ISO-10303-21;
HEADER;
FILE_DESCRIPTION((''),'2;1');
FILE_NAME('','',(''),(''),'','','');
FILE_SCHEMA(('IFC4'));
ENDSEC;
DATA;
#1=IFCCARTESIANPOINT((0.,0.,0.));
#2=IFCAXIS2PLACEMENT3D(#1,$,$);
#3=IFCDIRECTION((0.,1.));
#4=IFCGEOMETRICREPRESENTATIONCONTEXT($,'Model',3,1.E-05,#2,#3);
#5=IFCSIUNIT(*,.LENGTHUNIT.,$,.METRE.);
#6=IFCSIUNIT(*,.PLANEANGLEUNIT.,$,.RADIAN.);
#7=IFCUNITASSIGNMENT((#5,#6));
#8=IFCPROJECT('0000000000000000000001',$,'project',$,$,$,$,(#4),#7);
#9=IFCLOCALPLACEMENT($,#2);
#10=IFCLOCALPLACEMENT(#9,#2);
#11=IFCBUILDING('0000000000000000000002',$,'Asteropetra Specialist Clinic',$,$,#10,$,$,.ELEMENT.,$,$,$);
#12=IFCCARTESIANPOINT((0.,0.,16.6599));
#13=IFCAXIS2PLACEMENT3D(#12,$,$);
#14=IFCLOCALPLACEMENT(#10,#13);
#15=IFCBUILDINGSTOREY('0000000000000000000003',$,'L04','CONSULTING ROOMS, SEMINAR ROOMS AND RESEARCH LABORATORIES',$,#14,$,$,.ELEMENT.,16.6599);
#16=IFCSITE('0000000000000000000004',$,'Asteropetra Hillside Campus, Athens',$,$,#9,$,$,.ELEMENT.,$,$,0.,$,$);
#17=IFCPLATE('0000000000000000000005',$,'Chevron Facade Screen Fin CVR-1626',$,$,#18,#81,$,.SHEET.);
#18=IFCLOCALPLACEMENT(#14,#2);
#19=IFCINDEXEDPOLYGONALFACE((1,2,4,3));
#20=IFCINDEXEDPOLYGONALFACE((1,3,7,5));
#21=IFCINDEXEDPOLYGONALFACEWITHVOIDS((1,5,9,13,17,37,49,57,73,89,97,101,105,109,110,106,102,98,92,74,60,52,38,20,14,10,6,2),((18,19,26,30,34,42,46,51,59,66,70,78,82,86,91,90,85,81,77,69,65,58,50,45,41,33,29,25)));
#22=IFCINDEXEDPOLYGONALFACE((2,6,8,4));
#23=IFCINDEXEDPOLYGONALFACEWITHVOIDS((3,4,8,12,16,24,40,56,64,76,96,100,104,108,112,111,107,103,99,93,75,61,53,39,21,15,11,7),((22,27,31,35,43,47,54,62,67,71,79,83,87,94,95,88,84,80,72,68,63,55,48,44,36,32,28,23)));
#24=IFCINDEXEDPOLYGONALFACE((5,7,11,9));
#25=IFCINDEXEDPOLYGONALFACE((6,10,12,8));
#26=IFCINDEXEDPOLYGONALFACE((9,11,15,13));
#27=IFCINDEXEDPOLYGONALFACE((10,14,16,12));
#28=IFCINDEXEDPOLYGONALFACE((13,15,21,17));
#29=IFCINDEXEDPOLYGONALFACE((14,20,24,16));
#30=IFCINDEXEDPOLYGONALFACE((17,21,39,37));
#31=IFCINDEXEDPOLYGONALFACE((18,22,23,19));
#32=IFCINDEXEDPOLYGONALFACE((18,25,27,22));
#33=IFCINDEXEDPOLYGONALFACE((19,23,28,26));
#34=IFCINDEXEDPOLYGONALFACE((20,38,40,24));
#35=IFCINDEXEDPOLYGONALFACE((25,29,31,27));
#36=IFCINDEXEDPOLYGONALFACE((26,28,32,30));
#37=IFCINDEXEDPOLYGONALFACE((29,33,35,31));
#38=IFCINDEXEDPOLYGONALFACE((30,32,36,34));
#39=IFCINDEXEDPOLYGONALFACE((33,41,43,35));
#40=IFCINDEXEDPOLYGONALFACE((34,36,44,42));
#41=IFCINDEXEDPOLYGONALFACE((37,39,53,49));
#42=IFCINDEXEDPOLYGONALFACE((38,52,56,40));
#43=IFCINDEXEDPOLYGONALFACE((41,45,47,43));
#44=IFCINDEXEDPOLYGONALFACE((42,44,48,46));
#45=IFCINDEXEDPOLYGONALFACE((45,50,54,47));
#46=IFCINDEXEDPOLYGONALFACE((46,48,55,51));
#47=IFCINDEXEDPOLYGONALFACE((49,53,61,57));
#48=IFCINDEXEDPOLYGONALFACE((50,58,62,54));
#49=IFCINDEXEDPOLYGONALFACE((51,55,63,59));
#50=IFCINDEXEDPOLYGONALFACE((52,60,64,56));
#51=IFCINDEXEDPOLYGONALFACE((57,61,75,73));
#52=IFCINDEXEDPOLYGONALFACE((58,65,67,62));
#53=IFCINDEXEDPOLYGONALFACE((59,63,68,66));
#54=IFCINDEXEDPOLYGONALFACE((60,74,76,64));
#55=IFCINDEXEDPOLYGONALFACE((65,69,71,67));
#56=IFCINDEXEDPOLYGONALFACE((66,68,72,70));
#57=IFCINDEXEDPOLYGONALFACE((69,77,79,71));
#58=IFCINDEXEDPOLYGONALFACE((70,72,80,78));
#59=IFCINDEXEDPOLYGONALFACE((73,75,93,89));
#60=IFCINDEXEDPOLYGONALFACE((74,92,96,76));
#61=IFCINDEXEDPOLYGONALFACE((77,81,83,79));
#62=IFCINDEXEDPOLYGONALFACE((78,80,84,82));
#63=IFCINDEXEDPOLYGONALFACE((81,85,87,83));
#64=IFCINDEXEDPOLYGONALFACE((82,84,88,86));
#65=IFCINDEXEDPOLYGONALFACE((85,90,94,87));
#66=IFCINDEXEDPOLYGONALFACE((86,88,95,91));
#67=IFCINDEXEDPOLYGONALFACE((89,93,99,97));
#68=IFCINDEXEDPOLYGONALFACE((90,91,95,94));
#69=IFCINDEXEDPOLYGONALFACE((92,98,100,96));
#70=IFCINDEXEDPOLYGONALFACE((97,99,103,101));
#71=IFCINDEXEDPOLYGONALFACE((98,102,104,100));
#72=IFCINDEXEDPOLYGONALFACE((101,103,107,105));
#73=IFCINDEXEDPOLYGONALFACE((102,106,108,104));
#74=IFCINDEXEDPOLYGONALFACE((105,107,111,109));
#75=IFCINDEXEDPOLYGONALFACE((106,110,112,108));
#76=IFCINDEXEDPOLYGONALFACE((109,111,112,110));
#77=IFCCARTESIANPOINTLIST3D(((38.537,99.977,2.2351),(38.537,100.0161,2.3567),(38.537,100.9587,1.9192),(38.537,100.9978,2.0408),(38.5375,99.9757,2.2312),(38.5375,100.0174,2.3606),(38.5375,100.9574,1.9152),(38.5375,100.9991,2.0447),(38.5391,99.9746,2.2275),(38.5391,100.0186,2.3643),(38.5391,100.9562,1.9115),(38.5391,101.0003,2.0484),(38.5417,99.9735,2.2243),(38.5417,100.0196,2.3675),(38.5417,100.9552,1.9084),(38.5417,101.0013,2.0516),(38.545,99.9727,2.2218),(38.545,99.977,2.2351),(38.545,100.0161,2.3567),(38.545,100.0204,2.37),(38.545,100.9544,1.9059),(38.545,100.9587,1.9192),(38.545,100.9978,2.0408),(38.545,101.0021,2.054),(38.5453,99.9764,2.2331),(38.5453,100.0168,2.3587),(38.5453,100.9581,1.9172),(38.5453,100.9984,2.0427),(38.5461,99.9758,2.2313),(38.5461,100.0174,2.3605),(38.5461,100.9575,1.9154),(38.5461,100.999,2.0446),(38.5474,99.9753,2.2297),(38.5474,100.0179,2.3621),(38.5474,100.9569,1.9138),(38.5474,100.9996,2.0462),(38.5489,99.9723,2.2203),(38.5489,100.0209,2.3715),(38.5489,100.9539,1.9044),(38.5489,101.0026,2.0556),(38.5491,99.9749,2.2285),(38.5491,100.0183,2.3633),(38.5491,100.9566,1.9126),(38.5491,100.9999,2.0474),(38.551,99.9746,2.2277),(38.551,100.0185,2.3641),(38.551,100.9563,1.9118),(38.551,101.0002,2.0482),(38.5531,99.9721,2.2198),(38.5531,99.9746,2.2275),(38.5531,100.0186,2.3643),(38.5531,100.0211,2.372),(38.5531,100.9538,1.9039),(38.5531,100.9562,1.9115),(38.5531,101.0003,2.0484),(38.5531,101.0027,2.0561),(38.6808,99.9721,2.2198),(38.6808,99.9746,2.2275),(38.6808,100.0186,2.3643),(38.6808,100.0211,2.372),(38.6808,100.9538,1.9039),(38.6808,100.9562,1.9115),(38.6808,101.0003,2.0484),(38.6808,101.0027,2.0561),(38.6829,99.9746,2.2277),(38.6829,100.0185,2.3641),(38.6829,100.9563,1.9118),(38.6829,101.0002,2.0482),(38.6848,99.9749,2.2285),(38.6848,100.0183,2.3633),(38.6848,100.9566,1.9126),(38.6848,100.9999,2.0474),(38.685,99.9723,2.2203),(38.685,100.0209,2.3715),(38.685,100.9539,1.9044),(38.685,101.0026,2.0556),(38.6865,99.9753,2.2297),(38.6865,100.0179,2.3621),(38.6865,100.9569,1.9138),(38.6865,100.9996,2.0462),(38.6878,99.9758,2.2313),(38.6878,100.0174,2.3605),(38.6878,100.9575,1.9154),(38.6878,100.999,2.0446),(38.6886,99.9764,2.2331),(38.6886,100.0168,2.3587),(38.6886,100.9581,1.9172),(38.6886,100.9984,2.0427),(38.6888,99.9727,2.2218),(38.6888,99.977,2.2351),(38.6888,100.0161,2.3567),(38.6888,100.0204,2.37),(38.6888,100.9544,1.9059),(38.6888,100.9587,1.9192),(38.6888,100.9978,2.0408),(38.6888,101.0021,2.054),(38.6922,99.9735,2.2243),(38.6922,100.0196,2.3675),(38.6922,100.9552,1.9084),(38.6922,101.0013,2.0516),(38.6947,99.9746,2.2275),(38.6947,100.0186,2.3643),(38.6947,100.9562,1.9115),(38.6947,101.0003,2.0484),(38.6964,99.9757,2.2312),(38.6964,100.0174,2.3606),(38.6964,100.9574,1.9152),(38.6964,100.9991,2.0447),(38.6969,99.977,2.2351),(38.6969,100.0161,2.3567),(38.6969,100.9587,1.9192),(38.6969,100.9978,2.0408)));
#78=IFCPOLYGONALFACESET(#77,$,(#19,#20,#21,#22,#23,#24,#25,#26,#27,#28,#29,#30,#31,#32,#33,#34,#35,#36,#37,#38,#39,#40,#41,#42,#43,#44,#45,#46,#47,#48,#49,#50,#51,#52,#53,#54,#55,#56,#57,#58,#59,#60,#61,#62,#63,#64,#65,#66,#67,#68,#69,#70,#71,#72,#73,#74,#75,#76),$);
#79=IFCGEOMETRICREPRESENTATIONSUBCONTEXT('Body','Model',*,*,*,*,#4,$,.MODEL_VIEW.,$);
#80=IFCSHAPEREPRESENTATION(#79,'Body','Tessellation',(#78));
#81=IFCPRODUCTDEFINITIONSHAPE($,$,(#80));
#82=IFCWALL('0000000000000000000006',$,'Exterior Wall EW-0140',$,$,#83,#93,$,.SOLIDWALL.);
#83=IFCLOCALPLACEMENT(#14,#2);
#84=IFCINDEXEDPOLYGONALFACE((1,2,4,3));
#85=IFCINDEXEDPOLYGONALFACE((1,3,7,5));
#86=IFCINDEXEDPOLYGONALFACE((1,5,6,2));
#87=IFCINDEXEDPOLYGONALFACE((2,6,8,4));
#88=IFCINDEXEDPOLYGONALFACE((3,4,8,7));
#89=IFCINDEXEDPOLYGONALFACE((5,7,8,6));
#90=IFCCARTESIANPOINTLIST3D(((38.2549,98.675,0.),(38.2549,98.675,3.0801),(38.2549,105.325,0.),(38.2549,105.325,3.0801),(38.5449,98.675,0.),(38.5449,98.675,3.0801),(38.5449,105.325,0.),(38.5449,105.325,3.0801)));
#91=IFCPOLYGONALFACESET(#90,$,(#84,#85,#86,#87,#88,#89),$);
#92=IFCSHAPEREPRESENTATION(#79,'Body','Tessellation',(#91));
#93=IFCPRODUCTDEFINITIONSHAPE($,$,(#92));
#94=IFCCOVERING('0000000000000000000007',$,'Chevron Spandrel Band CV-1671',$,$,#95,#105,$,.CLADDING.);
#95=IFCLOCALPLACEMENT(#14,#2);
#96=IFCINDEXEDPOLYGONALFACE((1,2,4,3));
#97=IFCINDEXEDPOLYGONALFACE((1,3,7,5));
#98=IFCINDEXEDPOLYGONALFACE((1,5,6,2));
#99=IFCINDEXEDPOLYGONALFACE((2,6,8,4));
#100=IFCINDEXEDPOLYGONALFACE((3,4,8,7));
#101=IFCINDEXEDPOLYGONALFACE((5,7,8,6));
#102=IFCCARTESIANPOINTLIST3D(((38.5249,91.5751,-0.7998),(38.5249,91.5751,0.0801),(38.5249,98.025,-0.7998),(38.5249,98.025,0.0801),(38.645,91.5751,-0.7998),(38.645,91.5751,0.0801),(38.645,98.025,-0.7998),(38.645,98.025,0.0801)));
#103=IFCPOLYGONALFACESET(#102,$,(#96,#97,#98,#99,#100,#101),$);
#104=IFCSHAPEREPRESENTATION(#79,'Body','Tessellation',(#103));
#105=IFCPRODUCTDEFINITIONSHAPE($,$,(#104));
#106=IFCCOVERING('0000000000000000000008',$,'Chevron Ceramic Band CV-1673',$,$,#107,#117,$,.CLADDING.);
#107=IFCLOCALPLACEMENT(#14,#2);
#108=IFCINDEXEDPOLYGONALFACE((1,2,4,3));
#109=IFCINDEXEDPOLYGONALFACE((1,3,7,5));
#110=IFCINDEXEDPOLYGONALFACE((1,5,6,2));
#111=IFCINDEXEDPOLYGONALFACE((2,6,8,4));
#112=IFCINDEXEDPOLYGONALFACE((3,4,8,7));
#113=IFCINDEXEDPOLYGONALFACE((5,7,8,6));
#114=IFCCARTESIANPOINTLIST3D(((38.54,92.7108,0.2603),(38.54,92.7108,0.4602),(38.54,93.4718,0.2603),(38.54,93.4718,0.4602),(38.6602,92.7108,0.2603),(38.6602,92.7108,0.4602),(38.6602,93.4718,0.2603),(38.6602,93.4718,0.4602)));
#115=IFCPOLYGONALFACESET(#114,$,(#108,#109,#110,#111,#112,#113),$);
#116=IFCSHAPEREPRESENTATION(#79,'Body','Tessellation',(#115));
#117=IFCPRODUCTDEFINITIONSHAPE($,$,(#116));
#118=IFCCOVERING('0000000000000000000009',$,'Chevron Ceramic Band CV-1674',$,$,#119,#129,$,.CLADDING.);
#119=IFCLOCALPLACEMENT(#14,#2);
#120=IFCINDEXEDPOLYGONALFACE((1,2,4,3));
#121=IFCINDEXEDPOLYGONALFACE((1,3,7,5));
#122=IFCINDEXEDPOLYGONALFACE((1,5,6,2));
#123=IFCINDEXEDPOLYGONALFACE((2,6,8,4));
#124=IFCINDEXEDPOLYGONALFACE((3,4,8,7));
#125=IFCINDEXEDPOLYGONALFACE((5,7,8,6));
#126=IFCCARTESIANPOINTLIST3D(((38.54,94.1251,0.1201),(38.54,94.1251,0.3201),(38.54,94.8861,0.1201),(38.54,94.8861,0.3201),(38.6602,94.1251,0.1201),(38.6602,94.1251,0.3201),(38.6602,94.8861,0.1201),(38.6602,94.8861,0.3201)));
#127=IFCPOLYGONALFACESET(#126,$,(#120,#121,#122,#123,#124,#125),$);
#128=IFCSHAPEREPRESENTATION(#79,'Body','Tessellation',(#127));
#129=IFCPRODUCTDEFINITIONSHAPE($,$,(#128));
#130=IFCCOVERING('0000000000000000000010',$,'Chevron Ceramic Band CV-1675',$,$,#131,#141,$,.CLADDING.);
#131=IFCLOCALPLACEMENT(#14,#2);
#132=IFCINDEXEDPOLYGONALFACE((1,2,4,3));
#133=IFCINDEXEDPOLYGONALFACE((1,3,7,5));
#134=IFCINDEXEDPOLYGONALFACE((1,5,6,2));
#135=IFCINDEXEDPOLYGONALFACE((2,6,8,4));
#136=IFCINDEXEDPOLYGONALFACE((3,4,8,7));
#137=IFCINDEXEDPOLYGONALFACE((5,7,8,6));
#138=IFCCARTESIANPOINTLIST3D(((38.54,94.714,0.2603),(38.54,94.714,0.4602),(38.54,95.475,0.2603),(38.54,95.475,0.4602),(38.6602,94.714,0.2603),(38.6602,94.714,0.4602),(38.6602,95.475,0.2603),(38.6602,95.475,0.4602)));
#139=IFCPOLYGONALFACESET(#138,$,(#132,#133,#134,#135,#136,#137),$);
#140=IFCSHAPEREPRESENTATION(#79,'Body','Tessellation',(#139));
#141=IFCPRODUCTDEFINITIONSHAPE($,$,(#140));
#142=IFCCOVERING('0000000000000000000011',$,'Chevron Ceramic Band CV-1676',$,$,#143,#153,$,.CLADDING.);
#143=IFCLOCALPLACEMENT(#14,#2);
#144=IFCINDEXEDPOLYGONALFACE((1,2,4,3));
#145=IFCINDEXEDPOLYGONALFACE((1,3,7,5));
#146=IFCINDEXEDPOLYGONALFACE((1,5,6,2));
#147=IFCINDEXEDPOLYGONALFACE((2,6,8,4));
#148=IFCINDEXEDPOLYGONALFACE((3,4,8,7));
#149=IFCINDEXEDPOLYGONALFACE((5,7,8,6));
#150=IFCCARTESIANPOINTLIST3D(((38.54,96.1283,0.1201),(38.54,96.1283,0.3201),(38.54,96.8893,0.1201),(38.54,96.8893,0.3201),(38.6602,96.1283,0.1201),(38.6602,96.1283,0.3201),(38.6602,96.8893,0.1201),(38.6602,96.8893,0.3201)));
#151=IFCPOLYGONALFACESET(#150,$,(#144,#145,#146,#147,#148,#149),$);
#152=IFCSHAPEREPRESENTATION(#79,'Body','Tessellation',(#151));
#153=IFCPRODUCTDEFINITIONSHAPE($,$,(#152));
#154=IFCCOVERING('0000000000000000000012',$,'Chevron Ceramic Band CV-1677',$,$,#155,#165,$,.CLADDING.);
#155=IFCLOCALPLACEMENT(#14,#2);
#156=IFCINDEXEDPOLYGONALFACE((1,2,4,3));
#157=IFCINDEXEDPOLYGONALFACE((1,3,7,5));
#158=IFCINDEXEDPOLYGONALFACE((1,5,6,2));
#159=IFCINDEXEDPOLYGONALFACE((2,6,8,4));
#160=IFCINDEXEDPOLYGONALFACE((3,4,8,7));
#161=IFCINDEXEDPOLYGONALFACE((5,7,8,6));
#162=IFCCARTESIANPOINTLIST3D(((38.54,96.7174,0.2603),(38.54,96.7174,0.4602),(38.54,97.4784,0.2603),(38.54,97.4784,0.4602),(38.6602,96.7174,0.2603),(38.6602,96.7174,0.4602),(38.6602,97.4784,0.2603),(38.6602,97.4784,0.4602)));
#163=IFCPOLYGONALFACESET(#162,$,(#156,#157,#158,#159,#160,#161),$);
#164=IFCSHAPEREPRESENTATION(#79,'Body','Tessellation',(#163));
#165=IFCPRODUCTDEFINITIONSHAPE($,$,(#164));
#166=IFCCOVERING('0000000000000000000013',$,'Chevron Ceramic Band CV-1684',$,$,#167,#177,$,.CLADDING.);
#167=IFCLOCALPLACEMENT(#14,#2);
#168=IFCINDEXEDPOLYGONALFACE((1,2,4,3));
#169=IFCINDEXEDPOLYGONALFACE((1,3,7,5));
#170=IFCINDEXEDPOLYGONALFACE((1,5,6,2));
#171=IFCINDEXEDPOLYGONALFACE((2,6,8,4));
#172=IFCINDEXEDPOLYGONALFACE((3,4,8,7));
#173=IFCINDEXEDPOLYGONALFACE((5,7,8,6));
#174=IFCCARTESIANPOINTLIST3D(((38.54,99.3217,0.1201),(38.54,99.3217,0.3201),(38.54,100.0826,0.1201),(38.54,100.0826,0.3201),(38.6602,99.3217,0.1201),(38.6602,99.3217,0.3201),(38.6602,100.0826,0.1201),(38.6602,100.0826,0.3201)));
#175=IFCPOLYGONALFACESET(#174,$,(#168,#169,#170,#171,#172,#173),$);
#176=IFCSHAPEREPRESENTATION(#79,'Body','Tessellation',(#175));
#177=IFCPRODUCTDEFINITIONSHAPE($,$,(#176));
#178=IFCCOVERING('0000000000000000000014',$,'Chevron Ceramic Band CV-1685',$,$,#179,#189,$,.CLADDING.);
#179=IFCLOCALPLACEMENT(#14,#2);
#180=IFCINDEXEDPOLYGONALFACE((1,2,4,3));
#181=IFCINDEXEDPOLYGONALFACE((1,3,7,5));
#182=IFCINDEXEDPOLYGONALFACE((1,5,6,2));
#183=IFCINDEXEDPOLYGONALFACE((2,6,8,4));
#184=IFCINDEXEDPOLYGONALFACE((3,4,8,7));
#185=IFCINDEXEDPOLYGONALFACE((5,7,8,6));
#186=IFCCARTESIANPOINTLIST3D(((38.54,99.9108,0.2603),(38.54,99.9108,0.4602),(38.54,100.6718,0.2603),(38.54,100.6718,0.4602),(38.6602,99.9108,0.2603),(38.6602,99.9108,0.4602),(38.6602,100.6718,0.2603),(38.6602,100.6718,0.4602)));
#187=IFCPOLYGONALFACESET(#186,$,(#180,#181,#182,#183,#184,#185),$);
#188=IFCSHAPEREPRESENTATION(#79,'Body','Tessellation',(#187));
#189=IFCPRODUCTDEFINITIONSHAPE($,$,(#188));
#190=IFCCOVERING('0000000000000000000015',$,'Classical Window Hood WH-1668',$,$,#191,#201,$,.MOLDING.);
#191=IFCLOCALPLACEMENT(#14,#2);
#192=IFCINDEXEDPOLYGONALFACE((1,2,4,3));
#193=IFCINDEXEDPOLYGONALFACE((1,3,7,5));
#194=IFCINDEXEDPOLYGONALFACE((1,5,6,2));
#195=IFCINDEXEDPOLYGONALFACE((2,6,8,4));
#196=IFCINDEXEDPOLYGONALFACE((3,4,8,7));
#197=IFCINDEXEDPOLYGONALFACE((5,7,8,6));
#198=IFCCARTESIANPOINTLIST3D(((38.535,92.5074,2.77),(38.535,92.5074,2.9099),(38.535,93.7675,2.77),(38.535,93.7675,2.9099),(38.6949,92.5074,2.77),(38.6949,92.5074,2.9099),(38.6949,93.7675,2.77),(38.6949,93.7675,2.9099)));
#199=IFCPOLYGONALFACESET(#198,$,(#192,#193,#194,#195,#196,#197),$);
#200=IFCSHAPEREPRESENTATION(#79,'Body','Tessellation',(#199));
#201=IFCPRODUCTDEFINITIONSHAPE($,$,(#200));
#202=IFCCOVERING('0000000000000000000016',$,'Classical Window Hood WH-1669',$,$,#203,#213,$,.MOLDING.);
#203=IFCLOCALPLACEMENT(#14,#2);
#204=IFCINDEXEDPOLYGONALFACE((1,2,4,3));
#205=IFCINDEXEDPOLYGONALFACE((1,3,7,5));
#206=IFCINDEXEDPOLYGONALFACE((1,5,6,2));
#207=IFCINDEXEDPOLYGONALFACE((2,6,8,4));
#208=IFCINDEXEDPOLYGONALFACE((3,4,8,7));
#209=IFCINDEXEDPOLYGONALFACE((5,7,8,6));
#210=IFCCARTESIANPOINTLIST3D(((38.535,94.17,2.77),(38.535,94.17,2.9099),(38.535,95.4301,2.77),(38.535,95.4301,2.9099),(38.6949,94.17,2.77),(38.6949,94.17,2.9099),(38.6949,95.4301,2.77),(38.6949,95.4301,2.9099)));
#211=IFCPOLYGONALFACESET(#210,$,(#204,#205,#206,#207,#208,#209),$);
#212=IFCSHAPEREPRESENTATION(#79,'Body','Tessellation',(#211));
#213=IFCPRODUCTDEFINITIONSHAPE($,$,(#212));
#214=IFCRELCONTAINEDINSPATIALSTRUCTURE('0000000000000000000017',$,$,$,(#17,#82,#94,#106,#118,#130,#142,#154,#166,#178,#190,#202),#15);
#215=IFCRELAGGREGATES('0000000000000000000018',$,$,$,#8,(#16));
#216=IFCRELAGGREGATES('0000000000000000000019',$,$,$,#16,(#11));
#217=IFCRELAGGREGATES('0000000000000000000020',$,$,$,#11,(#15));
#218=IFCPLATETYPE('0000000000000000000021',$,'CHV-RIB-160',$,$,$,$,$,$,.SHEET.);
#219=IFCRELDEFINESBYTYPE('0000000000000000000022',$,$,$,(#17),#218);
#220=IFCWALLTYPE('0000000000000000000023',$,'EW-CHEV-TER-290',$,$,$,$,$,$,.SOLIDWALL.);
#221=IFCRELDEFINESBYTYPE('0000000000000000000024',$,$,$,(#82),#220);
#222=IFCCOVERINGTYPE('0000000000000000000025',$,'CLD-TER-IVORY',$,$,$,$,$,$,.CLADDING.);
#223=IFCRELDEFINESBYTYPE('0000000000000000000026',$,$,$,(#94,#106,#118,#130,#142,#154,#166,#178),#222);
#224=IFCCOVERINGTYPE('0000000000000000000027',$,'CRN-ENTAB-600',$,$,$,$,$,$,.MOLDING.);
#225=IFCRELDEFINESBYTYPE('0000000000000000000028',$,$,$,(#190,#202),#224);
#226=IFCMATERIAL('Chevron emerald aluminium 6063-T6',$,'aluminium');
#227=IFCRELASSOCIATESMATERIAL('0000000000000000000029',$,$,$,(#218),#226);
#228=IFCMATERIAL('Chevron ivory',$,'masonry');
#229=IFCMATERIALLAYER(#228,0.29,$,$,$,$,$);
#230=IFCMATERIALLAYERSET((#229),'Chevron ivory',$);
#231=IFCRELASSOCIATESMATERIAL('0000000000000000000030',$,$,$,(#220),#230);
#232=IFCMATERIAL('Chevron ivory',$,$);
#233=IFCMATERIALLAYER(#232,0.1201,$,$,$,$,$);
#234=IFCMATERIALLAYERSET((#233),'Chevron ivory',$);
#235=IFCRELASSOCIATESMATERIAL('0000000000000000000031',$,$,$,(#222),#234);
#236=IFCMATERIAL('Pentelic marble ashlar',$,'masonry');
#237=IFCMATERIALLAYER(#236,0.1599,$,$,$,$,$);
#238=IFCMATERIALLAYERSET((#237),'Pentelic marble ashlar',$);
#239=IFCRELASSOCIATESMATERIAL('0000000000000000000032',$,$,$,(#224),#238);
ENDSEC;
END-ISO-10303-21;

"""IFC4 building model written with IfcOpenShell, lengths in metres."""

from ifc_helpers import new_model, si_unit, direction, frame, frame_2d, origin, origin_2d, place, context, subcontext, project, spatial, rectangle, hollow_rectangle, extrude, material, layer, layer_set, material_profile, profile_set, type_object, element, save


model = new_model("IFC4")

# Units and contexts
model_context = context("Model", 3, precision=1e-05, world=origin(), true_north=direction((0.0, 1.0)))
body_context = subcontext(model_context, "Body", "Model", "MODEL_VIEW")
ifc_project = project(units=[si_unit("LENGTHUNIT", "METRE"), si_unit("PLANEANGLEUNIT", "RADIAN")], contexts=[model_context])

# Site, building, storey
site_placement = place(None, origin())
site = spatial("IfcSite", under=ifc_project, at=site_placement, Name="Asteropetra Hillside Campus, Athens", CompositionType="ELEMENT", RefElevation=0.0)
building_placement = place(site_placement, origin())
building = spatial("IfcBuilding", under=site, at=building_placement, Name="Asteropetra Specialist Clinic", CompositionType="ELEMENT")
storey_placement = place(building_placement, frame((0.0, 0.0, 16.6599)))
storey = spatial("IfcBuildingStorey", under=building, at=storey_placement, Name="L04", Description="CONSULTING ROOMS, SEMINAR ROOMS AND RESEARCH LABORATORIES", CompositionType="ELEMENT", Elevation=16.6599)

# Plate
ifc_material_1 = material(Name="Chevron emerald aluminium 6063-T6", Category="aluminium")
ifc_material_profile = material_profile(ifc_material_1, hollow_rectangle(XDim=0.1599, YDim=0.1599, WallThickness=0.0081, InnerFilletRadius=0.0081, OuterFilletRadius=0.0161, at=origin_2d()), Name="SHS 160x160x8.0")
ifc_profile_set = profile_set([ifc_material_profile], Name="Chevron emerald aluminium 6063-T6")
plate_type = type_object("IfcPlateType", Name="CHV-RIB-160", PredefinedType="SHEET", material=ifc_profile_set)
for number, where, z_axis, x_axis, name in (
    (1, (38.6169, 99.9966, 2.2959), (0.0, 0.951923, -0.306339), (-1.0, 0.0, 0.0), "Chevron Facade Screen Fin CVR-1626"),
):
    element("IfcPlate", number, at=place(storey_placement, frame(where, z_axis=z_axis, x_axis=x_axis)), inside=storey, type_object=plate_type, Name=name, PredefinedType="SHEET", context=body_context, shape_type="SweptSolid", body=[
        extrude(hollow_rectangle(XDim=0.1599, YDim=0.1599, WallThickness=0.0081, InnerFilletRadius=0.0081, OuterFilletRadius=0.0161, at=origin_2d()), origin(), (0.0, 0.0, 1.0), 1.0312),
    ])

# Wall
ifc_material_2 = material(Name="Chevron ivory", Category="masonry")
ifc_layer_1 = layer(ifc_material_2, 0.29)
ifc_layer_set_1 = layer_set([ifc_layer_1], Name="Chevron ivory")
wall_type = type_object("IfcWallType", Name="EW-CHEV-TER-290", PredefinedType="SOLIDWALL", material=ifc_layer_set_1)
wall_placement = place(storey_placement, frame((38.3999, 98.675, 0.0), z_axis=(0.0, 0.0, 1.0), x_axis=(0.0, 1.0, 0.0)))
element("IfcWall", 2, at=wall_placement, inside=storey, type_object=wall_type, Name="Exterior Wall EW-0140", PredefinedType="SOLIDWALL", context=body_context, shape_type="SweptSolid", body=[
    extrude(rectangle(XDim=6.6499, YDim=0.29, at=frame_2d((3.325, 0.0))), origin(), (0.0, 0.0, 1.0), 3.0801),
])

# Coverings
ifc_material_3 = material(Name="Chevron ivory")
ifc_layer_2 = layer(ifc_material_3, 0.1201)
ifc_layer_set_2 = layer_set([ifc_layer_2], Name="Chevron ivory")
covering_type_1 = type_object("IfcCoveringType", Name="CLD-TER-IVORY", PredefinedType="CLADDING", material=ifc_layer_set_2)
covering_placement = place(storey_placement, frame((38.585, 94.8, -0.7998), z_axis=(0.0, 0.0, 1.0), x_axis=(1.0, 0.0, 0.0)))
element("IfcCovering", 3, at=covering_placement, inside=storey, type_object=covering_type_1, Name="Chevron Spandrel Band CV-1671", PredefinedType="CLADDING", context=body_context, shape_type="SweptSolid", body=[
    extrude(rectangle(XDim=0.1201, YDim=6.45, at=origin_2d()), origin(), (0.0, 0.0, 1.0), 0.8799),
])
for number, where, z_axis, x_axis, name in (
    (4, (38.6001, 93.0913, 0.2603), (0.0, 0.0, 1.0), (1.0, 0.0, 0.0), "Chevron Ceramic Band CV-1673"),
    (5, (38.6001, 94.5056, 0.1201), (0.0, 0.0, 1.0), (1.0, 0.0, 0.0), "Chevron Ceramic Band CV-1674"),
    (6, (38.6001, 95.0945, 0.2603), (0.0, 0.0, 1.0), (1.0, 0.0, 0.0), "Chevron Ceramic Band CV-1675"),
    (7, (38.6001, 96.5088, 0.1201), (0.0, 0.0, 1.0), (1.0, 0.0, 0.0), "Chevron Ceramic Band CV-1676"),
    (8, (38.6001, 97.0979, 0.2603), (0.0, 0.0, 1.0), (1.0, 0.0, 0.0), "Chevron Ceramic Band CV-1677"),
    (9, (38.6001, 99.7021, 0.1201), (0.0, 0.0, 1.0), (1.0, 0.0, 0.0), "Chevron Ceramic Band CV-1684"),
    (10, (38.6001, 100.2913, 0.2603), (0.0, 0.0, 1.0), (1.0, 0.0, 0.0), "Chevron Ceramic Band CV-1685"),
):
    element("IfcCovering", number, at=place(storey_placement, frame(where, z_axis=z_axis, x_axis=x_axis)), inside=storey, type_object=covering_type_1, Name=name, PredefinedType="CLADDING", context=body_context, shape_type="SweptSolid", body=[
        extrude(rectangle(XDim=0.1201, YDim=0.761, at=origin_2d()), origin(), (0.0, 0.0, 1.0), 0.2),
    ])
ifc_material_4 = material(Name="Pentelic marble ashlar", Category="masonry")
ifc_layer_3 = layer(ifc_material_4, 0.1599)
ifc_layer_set_3 = layer_set([ifc_layer_3], Name="Pentelic marble ashlar")
covering_type_2 = type_object("IfcCoveringType", Name="CRN-ENTAB-600", PredefinedType="MOLDING", material=ifc_layer_set_3)
for number, where, z_axis, x_axis, name in (
    (11, (38.615, 93.1375, 2.77), (0.0, 0.0, 1.0), (1.0, 0.0, 0.0), "Classical Window Hood WH-1668"),
    (12, (38.615, 94.8, 2.77), (0.0, 0.0, 1.0), (1.0, 0.0, 0.0), "Classical Window Hood WH-1669"),
):
    element("IfcCovering", number, at=place(storey_placement, frame(where, z_axis=z_axis, x_axis=x_axis)), inside=storey, type_object=covering_type_2, Name=name, PredefinedType="MOLDING", context=body_context, shape_type="SweptSolid", body=[
        extrude(rectangle(XDim=0.1599, YDim=1.26, at=origin_2d()), origin(), (0.0, 0.0, 1.0), 0.1399),
    ])

save(model, "model.ifc")
